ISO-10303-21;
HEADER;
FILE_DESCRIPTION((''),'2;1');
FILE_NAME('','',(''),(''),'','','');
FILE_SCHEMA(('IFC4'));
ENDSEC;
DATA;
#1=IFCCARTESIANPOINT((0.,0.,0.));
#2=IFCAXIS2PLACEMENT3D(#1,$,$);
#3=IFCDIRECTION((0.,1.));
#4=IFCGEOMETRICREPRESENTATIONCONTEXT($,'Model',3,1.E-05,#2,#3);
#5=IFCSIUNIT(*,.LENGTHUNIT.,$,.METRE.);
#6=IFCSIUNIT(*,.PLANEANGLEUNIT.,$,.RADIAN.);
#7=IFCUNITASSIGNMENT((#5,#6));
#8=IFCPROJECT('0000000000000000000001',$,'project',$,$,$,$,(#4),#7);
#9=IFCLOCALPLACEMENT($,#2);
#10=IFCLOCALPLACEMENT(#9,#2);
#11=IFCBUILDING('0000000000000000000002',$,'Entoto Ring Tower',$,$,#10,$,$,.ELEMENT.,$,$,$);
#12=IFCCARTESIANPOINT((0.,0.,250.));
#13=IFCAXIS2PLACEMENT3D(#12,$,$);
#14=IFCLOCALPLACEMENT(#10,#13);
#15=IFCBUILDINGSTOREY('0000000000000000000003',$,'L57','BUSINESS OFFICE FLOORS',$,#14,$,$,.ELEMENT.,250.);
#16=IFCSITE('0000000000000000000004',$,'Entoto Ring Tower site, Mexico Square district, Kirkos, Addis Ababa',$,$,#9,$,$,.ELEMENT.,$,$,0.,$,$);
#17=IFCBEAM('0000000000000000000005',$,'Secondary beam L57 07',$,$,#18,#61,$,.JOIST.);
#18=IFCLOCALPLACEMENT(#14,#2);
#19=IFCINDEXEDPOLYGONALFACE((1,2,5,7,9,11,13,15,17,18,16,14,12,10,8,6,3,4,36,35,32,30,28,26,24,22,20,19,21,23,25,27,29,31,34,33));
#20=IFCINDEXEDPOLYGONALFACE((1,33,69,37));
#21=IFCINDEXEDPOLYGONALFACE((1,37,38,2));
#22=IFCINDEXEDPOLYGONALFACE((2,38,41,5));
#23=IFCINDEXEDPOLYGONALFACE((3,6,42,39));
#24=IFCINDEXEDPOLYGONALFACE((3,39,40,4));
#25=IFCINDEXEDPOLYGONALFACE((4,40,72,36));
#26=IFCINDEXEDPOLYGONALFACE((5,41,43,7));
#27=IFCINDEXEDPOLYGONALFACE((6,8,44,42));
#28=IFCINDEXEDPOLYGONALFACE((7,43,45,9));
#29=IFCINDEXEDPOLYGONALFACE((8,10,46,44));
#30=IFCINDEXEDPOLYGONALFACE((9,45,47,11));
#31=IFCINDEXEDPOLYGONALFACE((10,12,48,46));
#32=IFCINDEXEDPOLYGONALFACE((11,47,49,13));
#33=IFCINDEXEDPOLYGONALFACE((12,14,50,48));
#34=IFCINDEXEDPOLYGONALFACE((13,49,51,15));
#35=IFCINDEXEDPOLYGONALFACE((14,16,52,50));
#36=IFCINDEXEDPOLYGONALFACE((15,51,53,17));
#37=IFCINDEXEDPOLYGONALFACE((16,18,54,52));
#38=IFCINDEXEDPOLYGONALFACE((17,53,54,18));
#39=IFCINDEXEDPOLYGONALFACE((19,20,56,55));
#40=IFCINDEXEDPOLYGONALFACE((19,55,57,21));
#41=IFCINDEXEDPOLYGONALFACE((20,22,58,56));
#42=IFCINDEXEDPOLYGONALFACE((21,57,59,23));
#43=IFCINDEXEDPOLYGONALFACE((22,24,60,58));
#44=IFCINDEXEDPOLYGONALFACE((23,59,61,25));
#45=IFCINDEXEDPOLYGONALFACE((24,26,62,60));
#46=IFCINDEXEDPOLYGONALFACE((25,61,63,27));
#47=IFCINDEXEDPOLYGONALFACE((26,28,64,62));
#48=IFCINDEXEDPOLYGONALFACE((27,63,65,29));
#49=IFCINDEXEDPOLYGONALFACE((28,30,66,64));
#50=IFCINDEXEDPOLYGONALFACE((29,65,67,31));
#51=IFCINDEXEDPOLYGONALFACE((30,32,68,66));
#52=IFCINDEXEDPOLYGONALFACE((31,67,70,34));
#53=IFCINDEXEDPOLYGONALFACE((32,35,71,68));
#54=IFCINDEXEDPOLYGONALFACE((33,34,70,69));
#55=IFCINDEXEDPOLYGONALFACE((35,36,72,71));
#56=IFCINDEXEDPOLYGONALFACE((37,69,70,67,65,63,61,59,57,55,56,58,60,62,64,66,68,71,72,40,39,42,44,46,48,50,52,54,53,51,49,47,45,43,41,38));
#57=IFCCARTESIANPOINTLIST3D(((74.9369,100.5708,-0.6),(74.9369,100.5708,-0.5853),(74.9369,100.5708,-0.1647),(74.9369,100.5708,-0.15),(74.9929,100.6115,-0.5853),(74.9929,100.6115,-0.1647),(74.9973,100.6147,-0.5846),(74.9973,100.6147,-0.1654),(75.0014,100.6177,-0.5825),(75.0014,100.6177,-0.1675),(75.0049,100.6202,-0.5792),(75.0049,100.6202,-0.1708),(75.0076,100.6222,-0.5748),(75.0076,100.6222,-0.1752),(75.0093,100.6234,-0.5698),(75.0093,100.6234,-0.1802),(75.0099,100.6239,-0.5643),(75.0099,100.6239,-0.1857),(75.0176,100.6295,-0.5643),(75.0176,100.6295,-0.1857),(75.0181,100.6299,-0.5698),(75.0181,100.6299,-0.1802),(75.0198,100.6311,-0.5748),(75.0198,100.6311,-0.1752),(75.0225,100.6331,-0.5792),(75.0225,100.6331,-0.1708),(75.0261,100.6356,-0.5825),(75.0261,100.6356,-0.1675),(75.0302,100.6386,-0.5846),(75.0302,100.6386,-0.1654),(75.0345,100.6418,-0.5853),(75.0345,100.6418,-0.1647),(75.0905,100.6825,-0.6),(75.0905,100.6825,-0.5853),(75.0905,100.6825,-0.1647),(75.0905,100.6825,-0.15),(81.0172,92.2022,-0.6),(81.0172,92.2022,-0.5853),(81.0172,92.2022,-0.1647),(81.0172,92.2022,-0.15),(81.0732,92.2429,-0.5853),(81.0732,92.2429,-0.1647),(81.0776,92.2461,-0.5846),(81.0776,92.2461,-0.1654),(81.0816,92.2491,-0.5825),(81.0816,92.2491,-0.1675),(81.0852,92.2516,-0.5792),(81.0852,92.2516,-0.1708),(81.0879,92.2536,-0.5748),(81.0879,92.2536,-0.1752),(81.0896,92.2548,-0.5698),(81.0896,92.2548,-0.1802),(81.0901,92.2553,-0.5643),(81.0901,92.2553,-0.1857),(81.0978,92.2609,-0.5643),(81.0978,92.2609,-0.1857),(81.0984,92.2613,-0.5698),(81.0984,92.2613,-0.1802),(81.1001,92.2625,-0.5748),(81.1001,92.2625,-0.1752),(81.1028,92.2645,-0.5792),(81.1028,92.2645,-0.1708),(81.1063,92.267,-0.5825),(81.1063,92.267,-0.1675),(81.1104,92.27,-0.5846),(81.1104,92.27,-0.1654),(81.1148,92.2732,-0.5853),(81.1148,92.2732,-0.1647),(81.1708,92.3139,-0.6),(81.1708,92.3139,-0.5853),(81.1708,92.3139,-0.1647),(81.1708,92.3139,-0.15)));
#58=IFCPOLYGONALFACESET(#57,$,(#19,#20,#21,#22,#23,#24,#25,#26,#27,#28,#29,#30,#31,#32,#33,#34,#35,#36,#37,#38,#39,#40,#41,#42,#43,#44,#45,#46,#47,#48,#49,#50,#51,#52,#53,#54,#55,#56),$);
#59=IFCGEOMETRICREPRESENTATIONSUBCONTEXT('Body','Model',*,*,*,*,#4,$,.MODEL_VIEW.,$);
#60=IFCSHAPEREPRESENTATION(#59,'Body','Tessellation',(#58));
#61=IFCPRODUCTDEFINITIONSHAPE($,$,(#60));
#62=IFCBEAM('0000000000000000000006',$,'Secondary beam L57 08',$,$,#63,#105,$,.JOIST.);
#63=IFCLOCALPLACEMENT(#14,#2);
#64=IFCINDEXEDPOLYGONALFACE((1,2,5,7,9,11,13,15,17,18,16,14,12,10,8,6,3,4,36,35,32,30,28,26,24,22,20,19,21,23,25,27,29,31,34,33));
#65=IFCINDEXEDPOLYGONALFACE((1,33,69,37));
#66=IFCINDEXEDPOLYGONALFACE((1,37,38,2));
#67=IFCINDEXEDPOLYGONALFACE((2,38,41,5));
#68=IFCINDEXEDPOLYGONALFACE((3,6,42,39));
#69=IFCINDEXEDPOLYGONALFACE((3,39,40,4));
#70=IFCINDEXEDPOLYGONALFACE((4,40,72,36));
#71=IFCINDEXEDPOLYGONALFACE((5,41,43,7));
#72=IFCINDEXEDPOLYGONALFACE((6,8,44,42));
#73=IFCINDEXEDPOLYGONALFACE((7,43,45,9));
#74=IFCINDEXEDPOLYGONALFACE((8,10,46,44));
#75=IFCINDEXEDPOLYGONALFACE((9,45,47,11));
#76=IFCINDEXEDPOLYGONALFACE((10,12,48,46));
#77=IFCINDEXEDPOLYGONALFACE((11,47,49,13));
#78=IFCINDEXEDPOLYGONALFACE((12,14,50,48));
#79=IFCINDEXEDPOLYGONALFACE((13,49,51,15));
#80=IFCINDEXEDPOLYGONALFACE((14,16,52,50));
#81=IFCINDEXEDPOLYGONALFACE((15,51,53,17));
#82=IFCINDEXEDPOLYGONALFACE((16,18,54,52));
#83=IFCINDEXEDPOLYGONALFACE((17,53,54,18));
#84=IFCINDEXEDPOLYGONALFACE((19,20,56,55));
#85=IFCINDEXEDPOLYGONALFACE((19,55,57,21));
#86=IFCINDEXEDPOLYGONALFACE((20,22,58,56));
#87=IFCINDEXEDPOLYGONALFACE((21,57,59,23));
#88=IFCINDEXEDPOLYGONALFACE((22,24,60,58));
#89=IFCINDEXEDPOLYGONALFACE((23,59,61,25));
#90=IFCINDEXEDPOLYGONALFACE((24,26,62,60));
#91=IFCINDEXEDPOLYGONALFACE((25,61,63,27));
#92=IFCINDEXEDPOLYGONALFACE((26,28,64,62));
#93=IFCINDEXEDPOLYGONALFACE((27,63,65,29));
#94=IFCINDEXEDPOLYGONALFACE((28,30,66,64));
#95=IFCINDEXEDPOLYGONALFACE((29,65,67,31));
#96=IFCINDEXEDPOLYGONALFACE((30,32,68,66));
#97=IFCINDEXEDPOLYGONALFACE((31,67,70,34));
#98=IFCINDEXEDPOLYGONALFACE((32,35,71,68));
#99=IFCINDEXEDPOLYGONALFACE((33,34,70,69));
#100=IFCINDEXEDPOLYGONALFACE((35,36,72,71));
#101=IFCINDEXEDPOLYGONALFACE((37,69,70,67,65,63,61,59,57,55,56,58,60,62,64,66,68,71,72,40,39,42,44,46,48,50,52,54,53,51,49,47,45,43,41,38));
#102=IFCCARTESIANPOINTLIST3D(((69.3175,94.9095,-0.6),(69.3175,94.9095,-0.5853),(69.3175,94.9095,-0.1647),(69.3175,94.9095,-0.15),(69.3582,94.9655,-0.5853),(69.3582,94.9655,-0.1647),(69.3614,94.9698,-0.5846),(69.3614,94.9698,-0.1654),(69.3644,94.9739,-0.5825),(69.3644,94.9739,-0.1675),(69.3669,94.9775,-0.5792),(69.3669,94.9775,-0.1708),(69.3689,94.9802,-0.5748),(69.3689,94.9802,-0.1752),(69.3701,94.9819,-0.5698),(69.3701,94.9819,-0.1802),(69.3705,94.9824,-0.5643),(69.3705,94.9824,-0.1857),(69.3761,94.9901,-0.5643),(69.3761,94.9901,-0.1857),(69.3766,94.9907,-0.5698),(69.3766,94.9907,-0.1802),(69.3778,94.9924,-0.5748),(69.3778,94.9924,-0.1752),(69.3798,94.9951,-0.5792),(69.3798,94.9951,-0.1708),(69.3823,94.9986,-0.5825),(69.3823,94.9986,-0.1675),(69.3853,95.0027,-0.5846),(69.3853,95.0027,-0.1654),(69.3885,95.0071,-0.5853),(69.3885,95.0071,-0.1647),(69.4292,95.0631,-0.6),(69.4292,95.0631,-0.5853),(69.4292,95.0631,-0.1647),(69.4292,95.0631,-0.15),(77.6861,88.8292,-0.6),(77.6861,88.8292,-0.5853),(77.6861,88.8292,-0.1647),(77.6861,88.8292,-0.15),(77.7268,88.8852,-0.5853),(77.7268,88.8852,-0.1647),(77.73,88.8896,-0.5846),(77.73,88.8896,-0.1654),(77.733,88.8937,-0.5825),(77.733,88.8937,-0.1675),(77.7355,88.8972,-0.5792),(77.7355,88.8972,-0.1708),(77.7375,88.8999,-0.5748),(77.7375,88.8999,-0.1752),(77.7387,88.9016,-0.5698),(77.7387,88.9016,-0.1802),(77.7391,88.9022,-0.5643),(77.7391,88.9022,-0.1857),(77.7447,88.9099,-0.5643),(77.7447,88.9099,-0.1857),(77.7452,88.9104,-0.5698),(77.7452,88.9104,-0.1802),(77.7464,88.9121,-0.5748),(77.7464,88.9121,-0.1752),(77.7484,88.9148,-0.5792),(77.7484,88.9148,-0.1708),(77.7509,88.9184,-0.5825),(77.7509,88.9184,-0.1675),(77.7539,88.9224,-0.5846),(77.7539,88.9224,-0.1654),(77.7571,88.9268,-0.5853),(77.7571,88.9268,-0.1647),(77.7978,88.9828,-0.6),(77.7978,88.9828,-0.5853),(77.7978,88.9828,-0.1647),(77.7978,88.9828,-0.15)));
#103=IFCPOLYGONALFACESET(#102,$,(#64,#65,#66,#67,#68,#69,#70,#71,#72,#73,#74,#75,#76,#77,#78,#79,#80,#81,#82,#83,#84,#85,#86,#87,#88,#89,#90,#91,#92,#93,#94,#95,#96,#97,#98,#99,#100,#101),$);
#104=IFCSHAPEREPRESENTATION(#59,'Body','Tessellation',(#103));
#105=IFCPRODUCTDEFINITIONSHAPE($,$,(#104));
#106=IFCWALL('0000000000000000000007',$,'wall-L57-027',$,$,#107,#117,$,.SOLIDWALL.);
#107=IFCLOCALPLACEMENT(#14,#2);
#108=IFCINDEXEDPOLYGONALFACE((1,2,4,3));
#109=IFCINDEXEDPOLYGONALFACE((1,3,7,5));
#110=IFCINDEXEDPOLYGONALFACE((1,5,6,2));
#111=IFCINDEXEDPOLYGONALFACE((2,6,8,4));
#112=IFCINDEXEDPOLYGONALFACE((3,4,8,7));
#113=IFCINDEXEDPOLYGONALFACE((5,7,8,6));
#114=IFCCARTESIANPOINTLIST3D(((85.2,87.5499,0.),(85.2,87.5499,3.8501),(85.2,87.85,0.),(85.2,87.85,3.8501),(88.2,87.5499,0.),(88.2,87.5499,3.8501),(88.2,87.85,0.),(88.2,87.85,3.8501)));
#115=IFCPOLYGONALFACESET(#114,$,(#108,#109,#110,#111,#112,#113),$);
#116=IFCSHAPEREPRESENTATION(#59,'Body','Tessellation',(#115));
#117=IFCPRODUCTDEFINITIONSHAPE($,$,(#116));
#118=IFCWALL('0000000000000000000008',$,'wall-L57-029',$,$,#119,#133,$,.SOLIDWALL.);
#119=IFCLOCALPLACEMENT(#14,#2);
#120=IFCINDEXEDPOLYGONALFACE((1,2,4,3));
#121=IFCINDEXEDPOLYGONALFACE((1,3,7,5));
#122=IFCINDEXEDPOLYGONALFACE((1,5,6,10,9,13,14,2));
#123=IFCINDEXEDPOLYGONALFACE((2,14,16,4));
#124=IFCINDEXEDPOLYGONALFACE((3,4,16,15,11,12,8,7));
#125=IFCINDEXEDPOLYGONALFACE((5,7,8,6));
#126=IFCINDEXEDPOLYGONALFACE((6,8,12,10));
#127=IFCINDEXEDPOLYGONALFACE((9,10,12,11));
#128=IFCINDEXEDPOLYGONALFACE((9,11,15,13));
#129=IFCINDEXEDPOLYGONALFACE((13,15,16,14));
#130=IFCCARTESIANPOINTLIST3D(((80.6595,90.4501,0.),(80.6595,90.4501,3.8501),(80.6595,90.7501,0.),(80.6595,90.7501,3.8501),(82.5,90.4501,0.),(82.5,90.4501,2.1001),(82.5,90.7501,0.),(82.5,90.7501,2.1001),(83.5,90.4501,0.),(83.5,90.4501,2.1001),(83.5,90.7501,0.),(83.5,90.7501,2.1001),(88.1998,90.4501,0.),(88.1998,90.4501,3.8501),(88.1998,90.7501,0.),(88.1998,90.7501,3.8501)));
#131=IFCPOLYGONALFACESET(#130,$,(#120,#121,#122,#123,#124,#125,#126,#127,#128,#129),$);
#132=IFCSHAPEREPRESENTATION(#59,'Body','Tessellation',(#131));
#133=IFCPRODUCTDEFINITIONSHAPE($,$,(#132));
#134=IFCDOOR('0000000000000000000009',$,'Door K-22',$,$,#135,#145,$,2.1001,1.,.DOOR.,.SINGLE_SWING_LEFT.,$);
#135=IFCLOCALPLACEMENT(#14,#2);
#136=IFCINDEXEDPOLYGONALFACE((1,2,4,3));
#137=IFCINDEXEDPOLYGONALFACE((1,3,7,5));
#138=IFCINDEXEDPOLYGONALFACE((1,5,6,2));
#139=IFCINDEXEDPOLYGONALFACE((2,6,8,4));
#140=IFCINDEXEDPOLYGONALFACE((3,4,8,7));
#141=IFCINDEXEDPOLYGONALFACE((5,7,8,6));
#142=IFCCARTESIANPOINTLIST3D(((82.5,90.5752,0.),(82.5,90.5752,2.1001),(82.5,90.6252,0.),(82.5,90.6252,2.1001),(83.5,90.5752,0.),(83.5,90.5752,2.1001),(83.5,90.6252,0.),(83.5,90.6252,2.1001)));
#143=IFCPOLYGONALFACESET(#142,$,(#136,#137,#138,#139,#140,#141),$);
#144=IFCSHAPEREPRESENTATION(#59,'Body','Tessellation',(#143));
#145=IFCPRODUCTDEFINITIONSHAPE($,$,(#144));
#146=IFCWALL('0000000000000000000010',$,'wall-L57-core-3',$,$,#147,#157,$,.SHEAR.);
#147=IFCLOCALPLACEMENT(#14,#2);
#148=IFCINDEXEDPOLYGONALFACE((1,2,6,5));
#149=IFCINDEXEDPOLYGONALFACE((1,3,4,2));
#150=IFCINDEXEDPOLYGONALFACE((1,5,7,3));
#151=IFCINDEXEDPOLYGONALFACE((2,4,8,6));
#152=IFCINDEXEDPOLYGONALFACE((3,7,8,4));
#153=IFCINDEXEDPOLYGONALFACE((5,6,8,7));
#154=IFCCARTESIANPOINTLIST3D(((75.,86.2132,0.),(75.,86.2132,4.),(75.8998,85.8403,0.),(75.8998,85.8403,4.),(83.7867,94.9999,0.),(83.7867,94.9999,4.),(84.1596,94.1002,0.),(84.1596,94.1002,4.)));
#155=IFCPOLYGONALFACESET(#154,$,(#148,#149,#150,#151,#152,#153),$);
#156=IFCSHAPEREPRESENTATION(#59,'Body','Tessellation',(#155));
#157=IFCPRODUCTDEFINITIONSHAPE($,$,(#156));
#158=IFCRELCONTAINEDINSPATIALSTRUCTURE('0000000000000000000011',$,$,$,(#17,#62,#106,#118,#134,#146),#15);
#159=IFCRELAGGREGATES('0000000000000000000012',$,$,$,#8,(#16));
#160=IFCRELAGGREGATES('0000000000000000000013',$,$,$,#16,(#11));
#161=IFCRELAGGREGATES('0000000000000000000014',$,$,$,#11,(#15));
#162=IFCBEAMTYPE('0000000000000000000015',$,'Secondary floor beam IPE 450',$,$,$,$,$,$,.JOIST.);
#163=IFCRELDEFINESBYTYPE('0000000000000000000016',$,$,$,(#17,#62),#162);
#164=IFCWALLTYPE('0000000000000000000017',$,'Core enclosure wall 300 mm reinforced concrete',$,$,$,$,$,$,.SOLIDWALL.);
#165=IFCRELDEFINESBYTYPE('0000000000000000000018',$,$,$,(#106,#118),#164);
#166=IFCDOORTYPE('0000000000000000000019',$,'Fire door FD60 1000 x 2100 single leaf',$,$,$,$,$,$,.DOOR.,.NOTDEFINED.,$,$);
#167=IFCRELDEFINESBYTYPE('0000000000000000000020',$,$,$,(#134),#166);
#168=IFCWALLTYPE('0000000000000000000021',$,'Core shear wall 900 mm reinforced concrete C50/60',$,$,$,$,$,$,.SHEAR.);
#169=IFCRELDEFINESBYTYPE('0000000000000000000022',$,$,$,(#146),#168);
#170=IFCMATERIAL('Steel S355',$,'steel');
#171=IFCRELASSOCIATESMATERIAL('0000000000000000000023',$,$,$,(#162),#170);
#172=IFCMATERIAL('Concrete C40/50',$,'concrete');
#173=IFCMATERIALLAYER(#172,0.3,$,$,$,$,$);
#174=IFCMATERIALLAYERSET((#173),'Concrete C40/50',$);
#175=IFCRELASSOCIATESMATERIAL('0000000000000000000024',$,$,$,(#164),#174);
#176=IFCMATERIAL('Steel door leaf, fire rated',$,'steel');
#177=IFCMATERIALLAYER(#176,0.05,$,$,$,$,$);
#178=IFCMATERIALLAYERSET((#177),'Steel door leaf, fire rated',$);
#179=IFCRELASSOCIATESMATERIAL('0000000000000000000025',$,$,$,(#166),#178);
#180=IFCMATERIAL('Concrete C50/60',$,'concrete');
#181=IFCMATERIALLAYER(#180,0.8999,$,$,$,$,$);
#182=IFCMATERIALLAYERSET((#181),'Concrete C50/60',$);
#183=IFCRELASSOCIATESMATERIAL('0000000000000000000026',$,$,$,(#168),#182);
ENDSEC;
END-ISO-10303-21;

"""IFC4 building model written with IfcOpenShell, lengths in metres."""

from ifc_helpers import new_model, si_unit, direction, frame, frame_2d, origin, origin_2d, place, context, subcontext, project, spatial, polyline, rectangle, i_section, outline, extrude, material, layer, layer_set, material_profile, profile_set, type_object, element, fill, save


model = new_model("IFC4")

# Units and contexts
model_context = context("Model", 3, precision=1e-05, world=origin(), true_north=direction((0.0, 1.0)))
body_context = subcontext(model_context, "Body", "Model", "MODEL_VIEW")
ifc_project = project(units=[si_unit("LENGTHUNIT", "METRE"), si_unit("PLANEANGLEUNIT", "RADIAN")], contexts=[model_context])

# Site, building, storey
site_placement = place(None, origin())
site = spatial("IfcSite", under=ifc_project, at=site_placement, Name="Entoto Ring Tower site, Mexico Square district, Kirkos, Addis Ababa", CompositionType="ELEMENT", RefElevation=0.0)
building_placement = place(site_placement, origin())
building = spatial("IfcBuilding", under=site, at=building_placement, Name="Entoto Ring Tower", CompositionType="ELEMENT")
storey_placement = place(building_placement, frame((0.0, 0.0, 250.0)))
storey = spatial("IfcBuildingStorey", under=building, at=storey_placement, Name="L57", Description="BUSINESS OFFICE FLOORS", CompositionType="ELEMENT", Elevation=250.0)

# Beams
ifc_material_1 = material(Name="Steel S355", Category="steel")
ifc_material_profile_1 = material_profile(ifc_material_1, i_section(OverallWidth=0.1899, OverallDepth=0.45, WebThickness=0.0095, FlangeThickness=0.0146, FilletRadius=0.021, at=origin_2d()), Name="IPE 450")
ifc_profile_set_1 = profile_set([ifc_material_profile_1], Name="Steel S355")
beam_type_1 = type_object("IfcBeamType", Name="Secondary floor beam IPE 450", PredefinedType="JOIST", material=ifc_profile_set_1)
for number, where, z_axis, x_axis, name in (
    (1, (81.094, 92.2581, -0.375), (-0.587794, 0.809011, 0.0), (-0.809011, -0.587794, 0.0), "Secondary beam L57 07"),
    (2, (77.7419, 88.906, -0.375), (-0.809011, 0.587794, 0.0), (-0.587794, -0.809011, 0.0), "Secondary beam L57 08"),
):
    element("IfcBeam", number, at=place(storey_placement, frame(where, z_axis=z_axis, x_axis=x_axis)), inside=storey, type_object=beam_type_1, Name=name, PredefinedType="JOIST", context=body_context, shape_type="SweptSolid", body=[
        extrude(i_section(OverallWidth=0.1899, OverallDepth=0.45, WebThickness=0.0095, FlangeThickness=0.0146, FilletRadius=0.021, at=origin_2d()), origin(), (0.0, 0.0, 1.0), 10.3442),
    ])

# Wall
ifc_material_2 = material(Name="Concrete C40/50", Category="concrete")
ifc_layer_1 = layer(ifc_material_2, 0.3)
ifc_layer_set_1 = layer_set([ifc_layer_1], Name="Concrete C40/50")
wall_type_1 = type_object("IfcWallType", Name="Core enclosure wall 300 mm reinforced concrete", PredefinedType="SOLIDWALL", material=ifc_layer_set_1)
wall_1_placement = place(storey_placement, frame((85.2, 87.7, 0.0), z_axis=(0.0, 0.0, 1.0), x_axis=(1.0, 0.0, 0.0)))
element("IfcWall", 3, at=wall_1_placement, inside=storey, type_object=wall_type_1, Name="wall-L57-027", PredefinedType="SOLIDWALL", context=body_context, shape_type="SweptSolid", body=[
    extrude(rectangle(XDim=3.0, YDim=0.3, at=frame_2d((1.5, 0.0))), origin(), (0.0, 0.0, 1.0), 3.8501),
])

# Wall, opening, door
wall_2_placement = place(storey_placement, frame((80.6597, 90.6001, 0.0), z_axis=(0.0, 0.0, 1.0), x_axis=(1.0, 0.0, 0.0)))
wall_2 = element("IfcWall", 4, at=wall_2_placement, inside=storey, type_object=wall_type_1, Name="wall-L57-029", PredefinedType="SOLIDWALL", context=body_context, shape_type="SweptSolid", body=[
    extrude(rectangle(XDim=7.5403, YDim=0.3, at=frame_2d((3.77, 0.0))), origin(), (0.0, 0.0, 1.0), 3.8501),
])
opening_1_placement = place(wall_2_placement, frame((1.8403, 0.0, 0.0)))
opening_1 = element("IfcOpeningElement", 5, at=opening_1_placement, cuts=wall_2, PredefinedType="OPENING", context=body_context, shape_type="SweptSolid", body=[
    extrude(rectangle(XDim=1.0, YDim=2.1001, at=frame_2d((0.5, 1.05))), frame((0.0, 0.1602, 0.0), z_axis=(0.0, -1.0, 0.0), x_axis=(1.0, 0.0, 0.0)), (0.0, 0.0, 1.0), 0.3201),
])
ifc_material_3 = material(Name="Steel door leaf, fire rated", Category="steel")
ifc_layer_2 = layer(ifc_material_3, 0.05)
ifc_layer_set_2 = layer_set([ifc_layer_2], Name="Steel door leaf, fire rated")
door_type_1 = type_object("IfcDoorType", Name="Fire door FD60 1000 x 2100 single leaf", OperationType="NOTDEFINED", PredefinedType="DOOR", material=ifc_layer_set_2)
door_1_placement = place(opening_1_placement, frame((1.0, 0.0, 0.0), z_axis=(0.0, 0.0, 1.0), x_axis=(-1.0, 0.0, 0.0)))
door_1 = element("IfcDoor", 6, at=door_1_placement, inside=storey, type_object=door_type_1, Name="Door K-22", OperationType="SINGLE_SWING_LEFT", OverallHeight=2.1001, OverallWidth=1.0, PredefinedType="DOOR", context=body_context, shape_type="SweptSolid", body=[
    extrude(rectangle(XDim=1.0, YDim=2.1001, at=frame_2d((0.5, 1.05))), frame((0.0, 0.0249, 0.0), z_axis=(0.0, -1.0, 0.0), x_axis=(1.0, 0.0, 0.0)), (0.0, 0.0, 1.0), 0.05),
])
fill(opening_1, door_1)

# Wall
ifc_material_4 = material(Name="Concrete C50/60", Category="concrete")
ifc_layer_3 = layer(ifc_material_4, 0.8999)
ifc_layer_set_3 = layer_set([ifc_layer_3], Name="Concrete C50/60")
wall_type_2 = type_object("IfcWallType", Name="Core shear wall 900 mm reinforced concrete C50/60", PredefinedType="SHEAR", material=ifc_layer_set_3)
wall_3_placement = place(storey_placement, frame((83.9731, 94.55, 0.0), z_axis=(0.0, 0.0, 1.0), x_axis=(-0.707107, -0.707107, 0.0)))
element("IfcWall", 7, at=wall_3_placement, inside=storey, type_object=wall_type_2, Name="wall-L57-core-3", PredefinedType="SHEAR", context=body_context, shape_type="SweptSolid", body=[
    extrude(outline(polyline([(-0.1863, -0.45), (12.24, -0.45), (11.8674, 0.45), (0.1863, 0.45), (-0.1863, -0.45)])), origin(), (0.0, 0.0, 1.0), 4.0),
])

save(model, "model.ifc")
